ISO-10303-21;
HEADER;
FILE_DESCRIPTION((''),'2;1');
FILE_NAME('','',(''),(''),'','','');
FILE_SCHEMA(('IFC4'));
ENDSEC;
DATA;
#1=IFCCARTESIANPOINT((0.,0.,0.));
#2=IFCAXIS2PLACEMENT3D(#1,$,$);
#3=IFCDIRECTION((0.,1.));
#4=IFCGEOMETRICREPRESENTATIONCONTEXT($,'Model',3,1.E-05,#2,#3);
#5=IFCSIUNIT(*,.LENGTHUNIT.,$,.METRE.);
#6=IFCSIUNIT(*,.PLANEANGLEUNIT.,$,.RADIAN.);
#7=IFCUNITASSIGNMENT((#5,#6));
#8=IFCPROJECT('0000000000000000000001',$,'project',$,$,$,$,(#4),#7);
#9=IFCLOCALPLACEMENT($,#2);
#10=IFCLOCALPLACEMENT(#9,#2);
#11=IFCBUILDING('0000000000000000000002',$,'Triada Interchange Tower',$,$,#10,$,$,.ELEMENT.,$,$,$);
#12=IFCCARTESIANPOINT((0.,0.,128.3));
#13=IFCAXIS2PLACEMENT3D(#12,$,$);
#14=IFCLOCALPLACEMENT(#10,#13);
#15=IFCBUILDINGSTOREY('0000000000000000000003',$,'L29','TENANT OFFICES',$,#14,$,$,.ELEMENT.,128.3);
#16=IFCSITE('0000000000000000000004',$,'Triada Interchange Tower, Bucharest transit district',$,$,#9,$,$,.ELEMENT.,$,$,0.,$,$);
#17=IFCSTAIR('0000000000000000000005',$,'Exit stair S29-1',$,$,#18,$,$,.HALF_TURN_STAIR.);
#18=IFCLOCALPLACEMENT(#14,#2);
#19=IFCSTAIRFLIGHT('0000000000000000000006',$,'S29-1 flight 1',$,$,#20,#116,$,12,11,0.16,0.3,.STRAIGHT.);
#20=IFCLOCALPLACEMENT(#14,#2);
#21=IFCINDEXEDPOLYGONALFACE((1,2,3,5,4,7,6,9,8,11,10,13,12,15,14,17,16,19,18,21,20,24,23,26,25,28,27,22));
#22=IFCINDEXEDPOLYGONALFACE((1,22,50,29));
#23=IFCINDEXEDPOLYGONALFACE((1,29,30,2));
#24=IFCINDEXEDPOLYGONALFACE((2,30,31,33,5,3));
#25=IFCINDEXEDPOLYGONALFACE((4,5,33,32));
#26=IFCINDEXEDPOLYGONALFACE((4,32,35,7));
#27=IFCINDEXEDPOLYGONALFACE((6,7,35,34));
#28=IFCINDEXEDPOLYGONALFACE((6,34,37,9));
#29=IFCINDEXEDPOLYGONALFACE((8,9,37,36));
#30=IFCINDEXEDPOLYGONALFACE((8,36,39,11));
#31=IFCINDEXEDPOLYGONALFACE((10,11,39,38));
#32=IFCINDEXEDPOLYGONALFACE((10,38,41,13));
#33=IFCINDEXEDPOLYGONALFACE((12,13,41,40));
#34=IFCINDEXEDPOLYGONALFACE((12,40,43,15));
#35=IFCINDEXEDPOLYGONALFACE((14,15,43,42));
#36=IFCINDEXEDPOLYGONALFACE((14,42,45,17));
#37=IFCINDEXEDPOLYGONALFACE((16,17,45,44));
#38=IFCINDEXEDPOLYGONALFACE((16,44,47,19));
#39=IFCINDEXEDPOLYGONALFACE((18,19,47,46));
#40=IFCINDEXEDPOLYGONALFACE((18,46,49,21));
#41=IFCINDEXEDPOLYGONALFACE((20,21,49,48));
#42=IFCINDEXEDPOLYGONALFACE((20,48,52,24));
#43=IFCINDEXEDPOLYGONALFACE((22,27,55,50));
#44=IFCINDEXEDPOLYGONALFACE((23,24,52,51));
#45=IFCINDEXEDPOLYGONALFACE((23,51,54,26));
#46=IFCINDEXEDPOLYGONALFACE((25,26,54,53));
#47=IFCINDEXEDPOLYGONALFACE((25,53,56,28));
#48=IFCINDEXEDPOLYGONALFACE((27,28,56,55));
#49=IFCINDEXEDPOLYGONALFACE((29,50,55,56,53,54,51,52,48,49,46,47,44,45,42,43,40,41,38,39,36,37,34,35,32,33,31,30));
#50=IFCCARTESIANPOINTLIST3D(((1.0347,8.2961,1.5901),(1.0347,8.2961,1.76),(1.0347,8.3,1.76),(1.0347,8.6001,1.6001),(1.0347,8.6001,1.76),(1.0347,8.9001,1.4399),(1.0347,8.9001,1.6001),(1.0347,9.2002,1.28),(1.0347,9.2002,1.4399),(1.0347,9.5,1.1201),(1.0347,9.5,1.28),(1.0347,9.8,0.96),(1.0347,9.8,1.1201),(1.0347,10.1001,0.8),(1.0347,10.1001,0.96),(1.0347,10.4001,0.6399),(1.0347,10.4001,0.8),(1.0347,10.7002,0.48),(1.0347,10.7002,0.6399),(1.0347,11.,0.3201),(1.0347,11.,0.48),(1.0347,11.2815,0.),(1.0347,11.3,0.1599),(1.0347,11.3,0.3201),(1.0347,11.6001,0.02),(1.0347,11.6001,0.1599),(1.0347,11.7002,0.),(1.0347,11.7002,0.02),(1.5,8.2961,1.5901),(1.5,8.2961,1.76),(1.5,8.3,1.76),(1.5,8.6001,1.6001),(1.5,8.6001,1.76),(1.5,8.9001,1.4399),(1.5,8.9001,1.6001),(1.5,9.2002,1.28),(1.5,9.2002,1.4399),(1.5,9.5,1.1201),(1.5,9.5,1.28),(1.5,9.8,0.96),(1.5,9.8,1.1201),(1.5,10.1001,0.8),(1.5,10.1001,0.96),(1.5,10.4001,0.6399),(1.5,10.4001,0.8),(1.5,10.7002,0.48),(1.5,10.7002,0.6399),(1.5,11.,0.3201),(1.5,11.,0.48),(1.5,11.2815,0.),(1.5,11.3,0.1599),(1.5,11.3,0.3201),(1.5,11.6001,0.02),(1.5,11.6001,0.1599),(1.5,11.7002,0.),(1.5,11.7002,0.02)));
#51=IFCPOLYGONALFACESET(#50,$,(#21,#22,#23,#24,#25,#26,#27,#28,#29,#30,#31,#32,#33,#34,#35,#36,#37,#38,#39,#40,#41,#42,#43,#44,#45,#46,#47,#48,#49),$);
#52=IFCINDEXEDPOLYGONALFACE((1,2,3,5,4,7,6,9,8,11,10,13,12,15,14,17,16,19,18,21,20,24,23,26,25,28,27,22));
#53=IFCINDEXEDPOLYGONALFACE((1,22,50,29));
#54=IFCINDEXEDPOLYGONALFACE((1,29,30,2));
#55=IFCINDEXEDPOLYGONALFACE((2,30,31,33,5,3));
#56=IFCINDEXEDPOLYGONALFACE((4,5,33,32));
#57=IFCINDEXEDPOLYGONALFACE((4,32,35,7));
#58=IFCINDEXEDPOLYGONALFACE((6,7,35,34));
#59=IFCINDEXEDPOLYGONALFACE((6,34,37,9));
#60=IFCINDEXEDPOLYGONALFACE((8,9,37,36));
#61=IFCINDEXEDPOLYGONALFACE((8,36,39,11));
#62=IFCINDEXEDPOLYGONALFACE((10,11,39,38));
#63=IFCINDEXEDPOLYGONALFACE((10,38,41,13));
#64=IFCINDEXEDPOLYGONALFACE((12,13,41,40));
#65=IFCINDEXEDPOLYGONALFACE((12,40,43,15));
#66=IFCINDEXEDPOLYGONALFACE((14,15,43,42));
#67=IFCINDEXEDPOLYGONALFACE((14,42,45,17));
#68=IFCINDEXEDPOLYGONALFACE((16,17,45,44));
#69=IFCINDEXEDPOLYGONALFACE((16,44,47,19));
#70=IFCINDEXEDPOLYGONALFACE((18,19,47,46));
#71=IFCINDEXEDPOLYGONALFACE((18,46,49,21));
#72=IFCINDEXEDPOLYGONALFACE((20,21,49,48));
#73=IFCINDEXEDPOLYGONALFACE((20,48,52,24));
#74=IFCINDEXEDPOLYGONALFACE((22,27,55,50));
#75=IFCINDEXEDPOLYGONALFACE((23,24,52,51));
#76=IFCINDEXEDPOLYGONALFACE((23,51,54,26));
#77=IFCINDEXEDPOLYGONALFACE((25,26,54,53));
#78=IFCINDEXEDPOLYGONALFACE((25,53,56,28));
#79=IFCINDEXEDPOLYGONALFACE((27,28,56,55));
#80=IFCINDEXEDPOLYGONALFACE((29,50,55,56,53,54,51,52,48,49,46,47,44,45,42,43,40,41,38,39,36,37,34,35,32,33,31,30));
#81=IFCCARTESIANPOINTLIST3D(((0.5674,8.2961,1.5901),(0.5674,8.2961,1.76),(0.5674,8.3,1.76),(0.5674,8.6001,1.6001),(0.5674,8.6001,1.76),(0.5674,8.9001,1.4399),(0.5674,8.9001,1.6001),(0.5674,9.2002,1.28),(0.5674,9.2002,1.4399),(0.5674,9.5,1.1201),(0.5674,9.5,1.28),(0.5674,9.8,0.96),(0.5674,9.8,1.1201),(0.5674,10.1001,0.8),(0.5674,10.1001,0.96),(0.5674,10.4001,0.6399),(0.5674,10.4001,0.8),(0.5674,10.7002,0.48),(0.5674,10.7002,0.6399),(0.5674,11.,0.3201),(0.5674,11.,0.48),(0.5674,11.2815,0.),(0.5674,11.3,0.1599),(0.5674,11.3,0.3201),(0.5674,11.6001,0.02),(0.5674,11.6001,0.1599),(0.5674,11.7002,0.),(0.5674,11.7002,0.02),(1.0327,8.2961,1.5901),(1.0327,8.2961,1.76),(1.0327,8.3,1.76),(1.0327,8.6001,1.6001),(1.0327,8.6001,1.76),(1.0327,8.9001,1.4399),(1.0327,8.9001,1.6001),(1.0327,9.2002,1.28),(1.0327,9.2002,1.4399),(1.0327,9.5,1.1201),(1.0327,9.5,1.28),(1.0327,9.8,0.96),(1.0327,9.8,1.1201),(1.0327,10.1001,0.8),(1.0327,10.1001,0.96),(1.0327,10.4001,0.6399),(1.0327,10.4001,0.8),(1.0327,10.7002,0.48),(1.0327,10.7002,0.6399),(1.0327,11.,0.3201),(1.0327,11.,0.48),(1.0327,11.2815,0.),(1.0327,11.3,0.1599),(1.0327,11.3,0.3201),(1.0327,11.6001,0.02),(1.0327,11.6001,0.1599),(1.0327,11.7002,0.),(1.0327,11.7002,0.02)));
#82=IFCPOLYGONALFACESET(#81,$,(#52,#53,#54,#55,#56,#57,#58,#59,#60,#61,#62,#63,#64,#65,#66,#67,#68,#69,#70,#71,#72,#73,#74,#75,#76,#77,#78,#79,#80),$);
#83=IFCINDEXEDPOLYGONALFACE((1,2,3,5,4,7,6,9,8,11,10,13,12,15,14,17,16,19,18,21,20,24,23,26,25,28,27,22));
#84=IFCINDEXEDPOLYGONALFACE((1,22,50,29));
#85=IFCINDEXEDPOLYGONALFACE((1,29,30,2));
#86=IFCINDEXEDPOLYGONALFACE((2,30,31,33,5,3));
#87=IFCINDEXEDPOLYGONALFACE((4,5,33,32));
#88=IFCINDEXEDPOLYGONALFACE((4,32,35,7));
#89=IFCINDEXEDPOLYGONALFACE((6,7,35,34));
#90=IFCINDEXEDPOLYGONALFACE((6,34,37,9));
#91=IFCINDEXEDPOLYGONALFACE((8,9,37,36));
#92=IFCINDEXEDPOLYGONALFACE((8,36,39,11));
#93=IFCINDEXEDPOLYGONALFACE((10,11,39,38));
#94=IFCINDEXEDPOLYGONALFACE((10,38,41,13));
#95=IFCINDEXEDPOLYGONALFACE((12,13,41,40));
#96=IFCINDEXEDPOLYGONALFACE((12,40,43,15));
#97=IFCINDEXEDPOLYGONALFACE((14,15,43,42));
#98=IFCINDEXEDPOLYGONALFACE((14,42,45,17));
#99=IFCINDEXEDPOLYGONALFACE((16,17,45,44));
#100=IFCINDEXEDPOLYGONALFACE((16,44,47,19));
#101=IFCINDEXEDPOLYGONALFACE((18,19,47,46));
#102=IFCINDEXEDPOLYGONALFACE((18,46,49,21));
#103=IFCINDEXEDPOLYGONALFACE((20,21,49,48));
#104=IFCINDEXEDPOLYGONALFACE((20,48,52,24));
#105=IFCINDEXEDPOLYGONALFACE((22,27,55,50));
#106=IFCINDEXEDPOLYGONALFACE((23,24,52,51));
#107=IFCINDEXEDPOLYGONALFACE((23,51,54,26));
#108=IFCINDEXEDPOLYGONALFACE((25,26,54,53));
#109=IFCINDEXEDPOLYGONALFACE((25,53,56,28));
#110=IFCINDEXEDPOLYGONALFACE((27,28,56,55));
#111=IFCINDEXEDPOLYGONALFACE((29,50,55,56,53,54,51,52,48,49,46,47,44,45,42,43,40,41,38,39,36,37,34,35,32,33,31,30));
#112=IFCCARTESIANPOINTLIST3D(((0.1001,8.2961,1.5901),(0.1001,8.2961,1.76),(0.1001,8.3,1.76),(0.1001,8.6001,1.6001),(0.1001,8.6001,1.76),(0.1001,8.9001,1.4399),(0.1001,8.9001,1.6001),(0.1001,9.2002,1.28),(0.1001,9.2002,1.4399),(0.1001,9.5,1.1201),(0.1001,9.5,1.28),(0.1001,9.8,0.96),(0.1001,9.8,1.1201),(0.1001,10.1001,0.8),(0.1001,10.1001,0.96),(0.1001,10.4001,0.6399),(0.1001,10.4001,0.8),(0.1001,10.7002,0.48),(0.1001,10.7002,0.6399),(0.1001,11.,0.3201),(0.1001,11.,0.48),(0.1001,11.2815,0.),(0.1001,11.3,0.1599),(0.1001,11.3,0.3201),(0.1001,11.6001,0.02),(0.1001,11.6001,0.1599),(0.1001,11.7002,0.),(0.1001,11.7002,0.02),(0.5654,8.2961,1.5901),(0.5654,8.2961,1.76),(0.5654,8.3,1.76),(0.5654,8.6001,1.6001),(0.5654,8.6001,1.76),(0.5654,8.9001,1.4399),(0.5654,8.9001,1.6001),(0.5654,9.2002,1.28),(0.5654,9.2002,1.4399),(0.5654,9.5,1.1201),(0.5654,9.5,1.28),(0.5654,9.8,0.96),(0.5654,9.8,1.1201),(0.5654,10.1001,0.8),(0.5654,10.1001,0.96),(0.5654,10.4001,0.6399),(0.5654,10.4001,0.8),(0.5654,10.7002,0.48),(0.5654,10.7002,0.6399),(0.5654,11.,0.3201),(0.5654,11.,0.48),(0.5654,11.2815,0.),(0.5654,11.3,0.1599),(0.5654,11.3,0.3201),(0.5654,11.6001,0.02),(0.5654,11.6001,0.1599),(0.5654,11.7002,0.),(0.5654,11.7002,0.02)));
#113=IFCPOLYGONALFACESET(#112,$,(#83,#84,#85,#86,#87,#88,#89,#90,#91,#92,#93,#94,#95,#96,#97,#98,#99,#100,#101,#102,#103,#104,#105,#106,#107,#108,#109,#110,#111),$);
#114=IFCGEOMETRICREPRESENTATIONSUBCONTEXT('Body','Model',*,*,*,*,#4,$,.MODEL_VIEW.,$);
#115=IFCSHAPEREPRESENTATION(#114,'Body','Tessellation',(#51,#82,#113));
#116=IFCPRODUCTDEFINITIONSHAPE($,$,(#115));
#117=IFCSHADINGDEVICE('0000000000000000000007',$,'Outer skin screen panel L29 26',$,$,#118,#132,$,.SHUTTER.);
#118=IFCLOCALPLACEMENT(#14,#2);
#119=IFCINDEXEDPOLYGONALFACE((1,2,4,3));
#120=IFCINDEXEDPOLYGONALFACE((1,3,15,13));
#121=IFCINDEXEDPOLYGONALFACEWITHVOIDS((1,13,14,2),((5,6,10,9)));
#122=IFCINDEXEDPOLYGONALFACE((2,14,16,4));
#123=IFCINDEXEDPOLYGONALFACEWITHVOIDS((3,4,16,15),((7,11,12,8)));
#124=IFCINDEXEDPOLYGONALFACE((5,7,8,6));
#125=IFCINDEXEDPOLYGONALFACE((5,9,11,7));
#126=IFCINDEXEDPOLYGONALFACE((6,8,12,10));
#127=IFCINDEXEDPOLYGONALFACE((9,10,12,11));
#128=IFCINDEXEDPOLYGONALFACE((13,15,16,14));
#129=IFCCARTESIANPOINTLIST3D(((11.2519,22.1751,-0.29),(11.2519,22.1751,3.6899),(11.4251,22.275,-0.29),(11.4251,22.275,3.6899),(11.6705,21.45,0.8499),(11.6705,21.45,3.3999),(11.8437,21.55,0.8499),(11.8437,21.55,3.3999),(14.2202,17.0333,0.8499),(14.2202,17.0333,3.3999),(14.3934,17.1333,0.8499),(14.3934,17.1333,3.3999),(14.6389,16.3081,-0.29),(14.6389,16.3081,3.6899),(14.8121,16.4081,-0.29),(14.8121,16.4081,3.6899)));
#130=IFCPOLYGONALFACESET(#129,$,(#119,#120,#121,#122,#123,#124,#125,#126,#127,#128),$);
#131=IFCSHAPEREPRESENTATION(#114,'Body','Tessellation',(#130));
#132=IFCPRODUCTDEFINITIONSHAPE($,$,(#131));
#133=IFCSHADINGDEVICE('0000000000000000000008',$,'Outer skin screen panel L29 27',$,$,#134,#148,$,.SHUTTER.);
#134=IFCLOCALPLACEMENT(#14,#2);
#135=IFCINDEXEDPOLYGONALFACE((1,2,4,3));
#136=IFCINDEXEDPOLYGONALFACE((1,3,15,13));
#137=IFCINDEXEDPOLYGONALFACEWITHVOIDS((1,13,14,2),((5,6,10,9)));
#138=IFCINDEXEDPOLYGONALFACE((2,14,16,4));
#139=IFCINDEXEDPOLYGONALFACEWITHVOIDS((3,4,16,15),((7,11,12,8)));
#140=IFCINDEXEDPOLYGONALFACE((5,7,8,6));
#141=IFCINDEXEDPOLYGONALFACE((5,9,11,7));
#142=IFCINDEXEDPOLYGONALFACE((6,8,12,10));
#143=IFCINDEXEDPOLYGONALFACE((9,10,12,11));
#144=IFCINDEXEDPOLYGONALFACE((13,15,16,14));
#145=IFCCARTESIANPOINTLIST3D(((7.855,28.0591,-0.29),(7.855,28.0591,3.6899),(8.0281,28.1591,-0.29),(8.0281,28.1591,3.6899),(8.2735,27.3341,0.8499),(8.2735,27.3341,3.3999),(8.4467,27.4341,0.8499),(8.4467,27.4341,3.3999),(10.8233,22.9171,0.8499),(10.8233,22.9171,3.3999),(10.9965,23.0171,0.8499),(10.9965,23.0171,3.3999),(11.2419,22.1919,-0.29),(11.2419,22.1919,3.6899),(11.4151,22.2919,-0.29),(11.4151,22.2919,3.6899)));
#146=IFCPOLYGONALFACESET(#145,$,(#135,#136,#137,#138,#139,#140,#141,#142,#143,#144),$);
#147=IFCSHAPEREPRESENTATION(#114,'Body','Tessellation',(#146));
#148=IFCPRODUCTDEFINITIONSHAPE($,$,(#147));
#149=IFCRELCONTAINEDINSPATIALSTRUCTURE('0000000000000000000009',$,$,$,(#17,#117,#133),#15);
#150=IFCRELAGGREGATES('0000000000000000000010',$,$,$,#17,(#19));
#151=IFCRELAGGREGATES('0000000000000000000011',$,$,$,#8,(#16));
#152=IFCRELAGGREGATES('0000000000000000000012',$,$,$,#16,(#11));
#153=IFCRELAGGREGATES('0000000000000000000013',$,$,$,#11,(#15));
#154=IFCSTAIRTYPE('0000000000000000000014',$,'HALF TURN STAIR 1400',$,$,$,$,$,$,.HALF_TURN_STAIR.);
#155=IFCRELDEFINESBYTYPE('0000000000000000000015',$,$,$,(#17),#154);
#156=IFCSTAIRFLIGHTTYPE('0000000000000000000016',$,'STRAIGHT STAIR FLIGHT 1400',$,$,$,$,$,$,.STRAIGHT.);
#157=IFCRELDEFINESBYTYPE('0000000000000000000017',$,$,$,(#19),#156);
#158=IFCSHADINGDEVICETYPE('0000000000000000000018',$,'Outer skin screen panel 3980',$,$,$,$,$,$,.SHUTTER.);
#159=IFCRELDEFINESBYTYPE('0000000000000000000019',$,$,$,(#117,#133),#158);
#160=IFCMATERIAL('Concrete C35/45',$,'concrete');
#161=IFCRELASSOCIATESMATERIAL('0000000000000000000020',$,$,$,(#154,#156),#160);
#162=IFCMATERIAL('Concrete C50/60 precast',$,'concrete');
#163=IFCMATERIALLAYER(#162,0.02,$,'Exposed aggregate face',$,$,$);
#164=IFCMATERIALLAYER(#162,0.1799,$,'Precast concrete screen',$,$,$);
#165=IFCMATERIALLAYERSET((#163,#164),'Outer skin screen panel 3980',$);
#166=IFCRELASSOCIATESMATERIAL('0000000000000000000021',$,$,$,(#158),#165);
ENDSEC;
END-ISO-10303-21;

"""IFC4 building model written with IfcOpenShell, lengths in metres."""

from ifc_helpers import new_model, si_unit, direction, frame, origin, place, context, subcontext, project, spatial, polyline, outline, extrude, material, layer, layer_set, type_object, element, aggregate, save


model = new_model("IFC4")

# Units and contexts
model_context = context("Model", 3, precision=1e-05, world=origin(), true_north=direction((0.0, 1.0)))
body_context = subcontext(model_context, "Body", "Model", "MODEL_VIEW")
ifc_project = project(units=[si_unit("LENGTHUNIT", "METRE"), si_unit("PLANEANGLEUNIT", "RADIAN")], contexts=[model_context])

# Site, building, storey
site_placement = place(None, origin())
site = spatial("IfcSite", under=ifc_project, at=site_placement, Name="Triada Interchange Tower, Bucharest transit district", CompositionType="ELEMENT", RefElevation=0.0)
building_placement = place(site_placement, origin())
building = spatial("IfcBuilding", under=site, at=building_placement, Name="Triada Interchange Tower", CompositionType="ELEMENT")
storey_placement = place(building_placement, frame((0.0, 0.0, 128.3)))
storey = spatial("IfcBuildingStorey", under=building, at=storey_placement, Name="L29", Description="TENANT OFFICES", CompositionType="ELEMENT", Elevation=128.3)

# Stair, stair flight
ifc_material_1 = material(Name="Concrete C35/45", Category="concrete")
stair_type = type_object("IfcStairType", Name="HALF TURN STAIR 1400", PredefinedType="HALF_TURN_STAIR", material=ifc_material_1)
stair_placement = place(storey_placement, origin())
stair = element("IfcStair", 1, at=stair_placement, inside=storey, type_object=stair_type, Name="Exit stair S29-1", PredefinedType="HALF_TURN_STAIR")
stair_flight_type = type_object("IfcStairFlightType", Name="STRAIGHT STAIR FLIGHT 1400", PredefinedType="STRAIGHT", material=ifc_material_1)
stair_flight_placement = place(storey_placement, frame((0.8, 11.6001, 0.0), z_axis=(0.0, 0.0, 1.0), x_axis=(0.0, -1.0, 0.0)))
stair_flight = element("IfcStairFlight", 2, at=stair_flight_placement, type_object=stair_flight_type, Name="S29-1 flight 1", NumberOfRisers=12, NumberOfTreads=11, PredefinedType="STRAIGHT", RiserHeight=0.16, TreadLength=0.3, context=body_context, shape_type="SweptSolid", body=[
    extrude(outline(polyline([(-0.1001, 0.0), (-0.1001, 0.02), (0.0, 0.02), (0.0, 0.1599), (0.3, 0.1599), (0.3, 0.3201), (0.6001, 0.3201), (0.6001, 0.48), (0.8999, 0.48), (0.8999, 0.6399), (1.2, 0.6399), (1.2, 0.8), (1.5, 0.8), (1.5, 0.96), (1.8, 0.96), (1.8, 1.1201), (2.1001, 1.1201), (2.1001, 1.28), (2.3999, 1.28), (2.3999, 1.4399), (2.7, 1.4399), (2.7, 1.6001), (3.0, 1.6001), (3.0, 1.76), (3.3, 1.76), (3.304, 1.76), (3.304, 1.9199), (3.304, 1.5901), (0.3186, 0.0), (-0.1001, 0.0)])), frame((0.0, 0.7, 0.0), z_axis=(0.0, -1.0, 0.0), x_axis=(1.0, 0.0, 0.0)), (0.0, 0.0, 1.0), 0.4653),
    extrude(outline(polyline([(-0.1001, 0.0), (-0.1001, 0.02), (0.0, 0.02), (0.0, 0.1599), (0.3, 0.1599), (0.3, 0.3201), (0.6001, 0.3201), (0.6001, 0.48), (0.8999, 0.48), (0.8999, 0.6399), (1.2, 0.6399), (1.2, 0.8), (1.5, 0.8), (1.5, 0.96), (1.8, 0.96), (1.8, 1.1201), (2.1001, 1.1201), (2.1001, 1.28), (2.3999, 1.28), (2.3999, 1.4399), (2.7, 1.4399), (2.7, 1.6001), (3.0, 1.6001), (3.0, 1.76), (3.3, 1.76), (3.304, 1.76), (3.304, 1.9199), (3.304, 1.5901), (0.3186, 0.0), (-0.1001, 0.0)])), frame((0.0, 0.2327, 0.0), z_axis=(0.0, -1.0, 0.0), x_axis=(1.0, 0.0, 0.0)), (0.0, 0.0, 1.0), 0.4653),
    extrude(outline(polyline([(-0.1001, 0.0), (-0.1001, 0.02), (0.0, 0.02), (0.0, 0.1599), (0.3, 0.1599), (0.3, 0.3201), (0.6001, 0.3201), (0.6001, 0.48), (0.8999, 0.48), (0.8999, 0.6399), (1.2, 0.6399), (1.2, 0.8), (1.5, 0.8), (1.5, 0.96), (1.8, 0.96), (1.8, 1.1201), (2.1001, 1.1201), (2.1001, 1.28), (2.3999, 1.28), (2.3999, 1.4399), (2.7, 1.4399), (2.7, 1.6001), (3.0, 1.6001), (3.0, 1.76), (3.3, 1.76), (3.304, 1.76), (3.304, 1.9199), (3.304, 1.5901), (0.3186, 0.0), (-0.1001, 0.0)])), frame((0.0, -0.2346, 0.0), z_axis=(0.0, -1.0, 0.0), x_axis=(1.0, 0.0, 0.0)), (0.0, 0.0, 1.0), 0.4653),
])

# Shading devices
ifc_material_2 = material(Name="Concrete C50/60 precast", Category="concrete")
ifc_layer_1 = layer(ifc_material_2, 0.02, Name="Exposed aggregate face")
ifc_layer_2 = layer(ifc_material_2, 0.1799, Name="Precast concrete screen")
ifc_layer_set_1 = layer_set([ifc_layer_1, ifc_layer_2], Name="Outer skin screen panel 3980")
shading_device_type = type_object("IfcShadingDeviceType", Name="Outer skin screen panel 3980", PredefinedType="SHUTTER", material=ifc_layer_set_1)
shading_device_1_placement = place(storey_placement, frame((14.6389, 16.3081, -0.29), z_axis=(0.0, 0.0, 1.0), x_axis=(-0.499965, 0.866046, 0.0)))
element("IfcShadingDevice", 3, at=shading_device_1_placement, inside=storey, type_object=shading_device_type, Name="Outer skin screen panel L29 26", PredefinedType="SHUTTER", context=body_context, shape_type="SweptSolid", body=[
    extrude(outline(polyline([(0.0, 0.0), (6.7744, 0.0), (6.7744, 3.98), (0.0, 3.98), (0.0, 0.0)]), holes=[polyline([(0.8374, 1.1399), (0.8374, 3.6899), (5.9373, 3.6899), (5.9373, 1.1399), (0.8374, 1.1399)])]), frame((0.0, 0.0, 0.0), z_axis=(0.0, -1.0, 0.0), x_axis=(1.0, 0.0, 0.0)), (0.0, 0.0, 1.0), 0.2),
])
shading_device_2_placement = place(storey_placement, frame((11.2419, 22.1919, -0.29), z_axis=(0.0, 0.0, 1.0), x_axis=(-0.499949, 0.866055, 0.0)))
element("IfcShadingDevice", 4, at=shading_device_2_placement, inside=storey, type_object=shading_device_type, Name="Outer skin screen panel L29 27", PredefinedType="SHUTTER", context=body_context, shape_type="SweptSolid", body=[
    extrude(outline(polyline([(0.0, 0.0), (6.7747, 0.0), (6.7747, 3.98), (0.0, 3.98), (0.0, 0.0)]), holes=[polyline([(0.8374, 1.1399), (0.8374, 3.6899), (5.9375, 3.6899), (5.9375, 1.1399), (0.8374, 1.1399)])]), frame((0.0, 0.0, 0.0), z_axis=(0.0, -1.0, 0.0), x_axis=(1.0, 0.0, 0.0)), (0.0, 0.0, 1.0), 0.2),
])

aggregate(stair, [stair_flight])

save(model, "model.ifc")
